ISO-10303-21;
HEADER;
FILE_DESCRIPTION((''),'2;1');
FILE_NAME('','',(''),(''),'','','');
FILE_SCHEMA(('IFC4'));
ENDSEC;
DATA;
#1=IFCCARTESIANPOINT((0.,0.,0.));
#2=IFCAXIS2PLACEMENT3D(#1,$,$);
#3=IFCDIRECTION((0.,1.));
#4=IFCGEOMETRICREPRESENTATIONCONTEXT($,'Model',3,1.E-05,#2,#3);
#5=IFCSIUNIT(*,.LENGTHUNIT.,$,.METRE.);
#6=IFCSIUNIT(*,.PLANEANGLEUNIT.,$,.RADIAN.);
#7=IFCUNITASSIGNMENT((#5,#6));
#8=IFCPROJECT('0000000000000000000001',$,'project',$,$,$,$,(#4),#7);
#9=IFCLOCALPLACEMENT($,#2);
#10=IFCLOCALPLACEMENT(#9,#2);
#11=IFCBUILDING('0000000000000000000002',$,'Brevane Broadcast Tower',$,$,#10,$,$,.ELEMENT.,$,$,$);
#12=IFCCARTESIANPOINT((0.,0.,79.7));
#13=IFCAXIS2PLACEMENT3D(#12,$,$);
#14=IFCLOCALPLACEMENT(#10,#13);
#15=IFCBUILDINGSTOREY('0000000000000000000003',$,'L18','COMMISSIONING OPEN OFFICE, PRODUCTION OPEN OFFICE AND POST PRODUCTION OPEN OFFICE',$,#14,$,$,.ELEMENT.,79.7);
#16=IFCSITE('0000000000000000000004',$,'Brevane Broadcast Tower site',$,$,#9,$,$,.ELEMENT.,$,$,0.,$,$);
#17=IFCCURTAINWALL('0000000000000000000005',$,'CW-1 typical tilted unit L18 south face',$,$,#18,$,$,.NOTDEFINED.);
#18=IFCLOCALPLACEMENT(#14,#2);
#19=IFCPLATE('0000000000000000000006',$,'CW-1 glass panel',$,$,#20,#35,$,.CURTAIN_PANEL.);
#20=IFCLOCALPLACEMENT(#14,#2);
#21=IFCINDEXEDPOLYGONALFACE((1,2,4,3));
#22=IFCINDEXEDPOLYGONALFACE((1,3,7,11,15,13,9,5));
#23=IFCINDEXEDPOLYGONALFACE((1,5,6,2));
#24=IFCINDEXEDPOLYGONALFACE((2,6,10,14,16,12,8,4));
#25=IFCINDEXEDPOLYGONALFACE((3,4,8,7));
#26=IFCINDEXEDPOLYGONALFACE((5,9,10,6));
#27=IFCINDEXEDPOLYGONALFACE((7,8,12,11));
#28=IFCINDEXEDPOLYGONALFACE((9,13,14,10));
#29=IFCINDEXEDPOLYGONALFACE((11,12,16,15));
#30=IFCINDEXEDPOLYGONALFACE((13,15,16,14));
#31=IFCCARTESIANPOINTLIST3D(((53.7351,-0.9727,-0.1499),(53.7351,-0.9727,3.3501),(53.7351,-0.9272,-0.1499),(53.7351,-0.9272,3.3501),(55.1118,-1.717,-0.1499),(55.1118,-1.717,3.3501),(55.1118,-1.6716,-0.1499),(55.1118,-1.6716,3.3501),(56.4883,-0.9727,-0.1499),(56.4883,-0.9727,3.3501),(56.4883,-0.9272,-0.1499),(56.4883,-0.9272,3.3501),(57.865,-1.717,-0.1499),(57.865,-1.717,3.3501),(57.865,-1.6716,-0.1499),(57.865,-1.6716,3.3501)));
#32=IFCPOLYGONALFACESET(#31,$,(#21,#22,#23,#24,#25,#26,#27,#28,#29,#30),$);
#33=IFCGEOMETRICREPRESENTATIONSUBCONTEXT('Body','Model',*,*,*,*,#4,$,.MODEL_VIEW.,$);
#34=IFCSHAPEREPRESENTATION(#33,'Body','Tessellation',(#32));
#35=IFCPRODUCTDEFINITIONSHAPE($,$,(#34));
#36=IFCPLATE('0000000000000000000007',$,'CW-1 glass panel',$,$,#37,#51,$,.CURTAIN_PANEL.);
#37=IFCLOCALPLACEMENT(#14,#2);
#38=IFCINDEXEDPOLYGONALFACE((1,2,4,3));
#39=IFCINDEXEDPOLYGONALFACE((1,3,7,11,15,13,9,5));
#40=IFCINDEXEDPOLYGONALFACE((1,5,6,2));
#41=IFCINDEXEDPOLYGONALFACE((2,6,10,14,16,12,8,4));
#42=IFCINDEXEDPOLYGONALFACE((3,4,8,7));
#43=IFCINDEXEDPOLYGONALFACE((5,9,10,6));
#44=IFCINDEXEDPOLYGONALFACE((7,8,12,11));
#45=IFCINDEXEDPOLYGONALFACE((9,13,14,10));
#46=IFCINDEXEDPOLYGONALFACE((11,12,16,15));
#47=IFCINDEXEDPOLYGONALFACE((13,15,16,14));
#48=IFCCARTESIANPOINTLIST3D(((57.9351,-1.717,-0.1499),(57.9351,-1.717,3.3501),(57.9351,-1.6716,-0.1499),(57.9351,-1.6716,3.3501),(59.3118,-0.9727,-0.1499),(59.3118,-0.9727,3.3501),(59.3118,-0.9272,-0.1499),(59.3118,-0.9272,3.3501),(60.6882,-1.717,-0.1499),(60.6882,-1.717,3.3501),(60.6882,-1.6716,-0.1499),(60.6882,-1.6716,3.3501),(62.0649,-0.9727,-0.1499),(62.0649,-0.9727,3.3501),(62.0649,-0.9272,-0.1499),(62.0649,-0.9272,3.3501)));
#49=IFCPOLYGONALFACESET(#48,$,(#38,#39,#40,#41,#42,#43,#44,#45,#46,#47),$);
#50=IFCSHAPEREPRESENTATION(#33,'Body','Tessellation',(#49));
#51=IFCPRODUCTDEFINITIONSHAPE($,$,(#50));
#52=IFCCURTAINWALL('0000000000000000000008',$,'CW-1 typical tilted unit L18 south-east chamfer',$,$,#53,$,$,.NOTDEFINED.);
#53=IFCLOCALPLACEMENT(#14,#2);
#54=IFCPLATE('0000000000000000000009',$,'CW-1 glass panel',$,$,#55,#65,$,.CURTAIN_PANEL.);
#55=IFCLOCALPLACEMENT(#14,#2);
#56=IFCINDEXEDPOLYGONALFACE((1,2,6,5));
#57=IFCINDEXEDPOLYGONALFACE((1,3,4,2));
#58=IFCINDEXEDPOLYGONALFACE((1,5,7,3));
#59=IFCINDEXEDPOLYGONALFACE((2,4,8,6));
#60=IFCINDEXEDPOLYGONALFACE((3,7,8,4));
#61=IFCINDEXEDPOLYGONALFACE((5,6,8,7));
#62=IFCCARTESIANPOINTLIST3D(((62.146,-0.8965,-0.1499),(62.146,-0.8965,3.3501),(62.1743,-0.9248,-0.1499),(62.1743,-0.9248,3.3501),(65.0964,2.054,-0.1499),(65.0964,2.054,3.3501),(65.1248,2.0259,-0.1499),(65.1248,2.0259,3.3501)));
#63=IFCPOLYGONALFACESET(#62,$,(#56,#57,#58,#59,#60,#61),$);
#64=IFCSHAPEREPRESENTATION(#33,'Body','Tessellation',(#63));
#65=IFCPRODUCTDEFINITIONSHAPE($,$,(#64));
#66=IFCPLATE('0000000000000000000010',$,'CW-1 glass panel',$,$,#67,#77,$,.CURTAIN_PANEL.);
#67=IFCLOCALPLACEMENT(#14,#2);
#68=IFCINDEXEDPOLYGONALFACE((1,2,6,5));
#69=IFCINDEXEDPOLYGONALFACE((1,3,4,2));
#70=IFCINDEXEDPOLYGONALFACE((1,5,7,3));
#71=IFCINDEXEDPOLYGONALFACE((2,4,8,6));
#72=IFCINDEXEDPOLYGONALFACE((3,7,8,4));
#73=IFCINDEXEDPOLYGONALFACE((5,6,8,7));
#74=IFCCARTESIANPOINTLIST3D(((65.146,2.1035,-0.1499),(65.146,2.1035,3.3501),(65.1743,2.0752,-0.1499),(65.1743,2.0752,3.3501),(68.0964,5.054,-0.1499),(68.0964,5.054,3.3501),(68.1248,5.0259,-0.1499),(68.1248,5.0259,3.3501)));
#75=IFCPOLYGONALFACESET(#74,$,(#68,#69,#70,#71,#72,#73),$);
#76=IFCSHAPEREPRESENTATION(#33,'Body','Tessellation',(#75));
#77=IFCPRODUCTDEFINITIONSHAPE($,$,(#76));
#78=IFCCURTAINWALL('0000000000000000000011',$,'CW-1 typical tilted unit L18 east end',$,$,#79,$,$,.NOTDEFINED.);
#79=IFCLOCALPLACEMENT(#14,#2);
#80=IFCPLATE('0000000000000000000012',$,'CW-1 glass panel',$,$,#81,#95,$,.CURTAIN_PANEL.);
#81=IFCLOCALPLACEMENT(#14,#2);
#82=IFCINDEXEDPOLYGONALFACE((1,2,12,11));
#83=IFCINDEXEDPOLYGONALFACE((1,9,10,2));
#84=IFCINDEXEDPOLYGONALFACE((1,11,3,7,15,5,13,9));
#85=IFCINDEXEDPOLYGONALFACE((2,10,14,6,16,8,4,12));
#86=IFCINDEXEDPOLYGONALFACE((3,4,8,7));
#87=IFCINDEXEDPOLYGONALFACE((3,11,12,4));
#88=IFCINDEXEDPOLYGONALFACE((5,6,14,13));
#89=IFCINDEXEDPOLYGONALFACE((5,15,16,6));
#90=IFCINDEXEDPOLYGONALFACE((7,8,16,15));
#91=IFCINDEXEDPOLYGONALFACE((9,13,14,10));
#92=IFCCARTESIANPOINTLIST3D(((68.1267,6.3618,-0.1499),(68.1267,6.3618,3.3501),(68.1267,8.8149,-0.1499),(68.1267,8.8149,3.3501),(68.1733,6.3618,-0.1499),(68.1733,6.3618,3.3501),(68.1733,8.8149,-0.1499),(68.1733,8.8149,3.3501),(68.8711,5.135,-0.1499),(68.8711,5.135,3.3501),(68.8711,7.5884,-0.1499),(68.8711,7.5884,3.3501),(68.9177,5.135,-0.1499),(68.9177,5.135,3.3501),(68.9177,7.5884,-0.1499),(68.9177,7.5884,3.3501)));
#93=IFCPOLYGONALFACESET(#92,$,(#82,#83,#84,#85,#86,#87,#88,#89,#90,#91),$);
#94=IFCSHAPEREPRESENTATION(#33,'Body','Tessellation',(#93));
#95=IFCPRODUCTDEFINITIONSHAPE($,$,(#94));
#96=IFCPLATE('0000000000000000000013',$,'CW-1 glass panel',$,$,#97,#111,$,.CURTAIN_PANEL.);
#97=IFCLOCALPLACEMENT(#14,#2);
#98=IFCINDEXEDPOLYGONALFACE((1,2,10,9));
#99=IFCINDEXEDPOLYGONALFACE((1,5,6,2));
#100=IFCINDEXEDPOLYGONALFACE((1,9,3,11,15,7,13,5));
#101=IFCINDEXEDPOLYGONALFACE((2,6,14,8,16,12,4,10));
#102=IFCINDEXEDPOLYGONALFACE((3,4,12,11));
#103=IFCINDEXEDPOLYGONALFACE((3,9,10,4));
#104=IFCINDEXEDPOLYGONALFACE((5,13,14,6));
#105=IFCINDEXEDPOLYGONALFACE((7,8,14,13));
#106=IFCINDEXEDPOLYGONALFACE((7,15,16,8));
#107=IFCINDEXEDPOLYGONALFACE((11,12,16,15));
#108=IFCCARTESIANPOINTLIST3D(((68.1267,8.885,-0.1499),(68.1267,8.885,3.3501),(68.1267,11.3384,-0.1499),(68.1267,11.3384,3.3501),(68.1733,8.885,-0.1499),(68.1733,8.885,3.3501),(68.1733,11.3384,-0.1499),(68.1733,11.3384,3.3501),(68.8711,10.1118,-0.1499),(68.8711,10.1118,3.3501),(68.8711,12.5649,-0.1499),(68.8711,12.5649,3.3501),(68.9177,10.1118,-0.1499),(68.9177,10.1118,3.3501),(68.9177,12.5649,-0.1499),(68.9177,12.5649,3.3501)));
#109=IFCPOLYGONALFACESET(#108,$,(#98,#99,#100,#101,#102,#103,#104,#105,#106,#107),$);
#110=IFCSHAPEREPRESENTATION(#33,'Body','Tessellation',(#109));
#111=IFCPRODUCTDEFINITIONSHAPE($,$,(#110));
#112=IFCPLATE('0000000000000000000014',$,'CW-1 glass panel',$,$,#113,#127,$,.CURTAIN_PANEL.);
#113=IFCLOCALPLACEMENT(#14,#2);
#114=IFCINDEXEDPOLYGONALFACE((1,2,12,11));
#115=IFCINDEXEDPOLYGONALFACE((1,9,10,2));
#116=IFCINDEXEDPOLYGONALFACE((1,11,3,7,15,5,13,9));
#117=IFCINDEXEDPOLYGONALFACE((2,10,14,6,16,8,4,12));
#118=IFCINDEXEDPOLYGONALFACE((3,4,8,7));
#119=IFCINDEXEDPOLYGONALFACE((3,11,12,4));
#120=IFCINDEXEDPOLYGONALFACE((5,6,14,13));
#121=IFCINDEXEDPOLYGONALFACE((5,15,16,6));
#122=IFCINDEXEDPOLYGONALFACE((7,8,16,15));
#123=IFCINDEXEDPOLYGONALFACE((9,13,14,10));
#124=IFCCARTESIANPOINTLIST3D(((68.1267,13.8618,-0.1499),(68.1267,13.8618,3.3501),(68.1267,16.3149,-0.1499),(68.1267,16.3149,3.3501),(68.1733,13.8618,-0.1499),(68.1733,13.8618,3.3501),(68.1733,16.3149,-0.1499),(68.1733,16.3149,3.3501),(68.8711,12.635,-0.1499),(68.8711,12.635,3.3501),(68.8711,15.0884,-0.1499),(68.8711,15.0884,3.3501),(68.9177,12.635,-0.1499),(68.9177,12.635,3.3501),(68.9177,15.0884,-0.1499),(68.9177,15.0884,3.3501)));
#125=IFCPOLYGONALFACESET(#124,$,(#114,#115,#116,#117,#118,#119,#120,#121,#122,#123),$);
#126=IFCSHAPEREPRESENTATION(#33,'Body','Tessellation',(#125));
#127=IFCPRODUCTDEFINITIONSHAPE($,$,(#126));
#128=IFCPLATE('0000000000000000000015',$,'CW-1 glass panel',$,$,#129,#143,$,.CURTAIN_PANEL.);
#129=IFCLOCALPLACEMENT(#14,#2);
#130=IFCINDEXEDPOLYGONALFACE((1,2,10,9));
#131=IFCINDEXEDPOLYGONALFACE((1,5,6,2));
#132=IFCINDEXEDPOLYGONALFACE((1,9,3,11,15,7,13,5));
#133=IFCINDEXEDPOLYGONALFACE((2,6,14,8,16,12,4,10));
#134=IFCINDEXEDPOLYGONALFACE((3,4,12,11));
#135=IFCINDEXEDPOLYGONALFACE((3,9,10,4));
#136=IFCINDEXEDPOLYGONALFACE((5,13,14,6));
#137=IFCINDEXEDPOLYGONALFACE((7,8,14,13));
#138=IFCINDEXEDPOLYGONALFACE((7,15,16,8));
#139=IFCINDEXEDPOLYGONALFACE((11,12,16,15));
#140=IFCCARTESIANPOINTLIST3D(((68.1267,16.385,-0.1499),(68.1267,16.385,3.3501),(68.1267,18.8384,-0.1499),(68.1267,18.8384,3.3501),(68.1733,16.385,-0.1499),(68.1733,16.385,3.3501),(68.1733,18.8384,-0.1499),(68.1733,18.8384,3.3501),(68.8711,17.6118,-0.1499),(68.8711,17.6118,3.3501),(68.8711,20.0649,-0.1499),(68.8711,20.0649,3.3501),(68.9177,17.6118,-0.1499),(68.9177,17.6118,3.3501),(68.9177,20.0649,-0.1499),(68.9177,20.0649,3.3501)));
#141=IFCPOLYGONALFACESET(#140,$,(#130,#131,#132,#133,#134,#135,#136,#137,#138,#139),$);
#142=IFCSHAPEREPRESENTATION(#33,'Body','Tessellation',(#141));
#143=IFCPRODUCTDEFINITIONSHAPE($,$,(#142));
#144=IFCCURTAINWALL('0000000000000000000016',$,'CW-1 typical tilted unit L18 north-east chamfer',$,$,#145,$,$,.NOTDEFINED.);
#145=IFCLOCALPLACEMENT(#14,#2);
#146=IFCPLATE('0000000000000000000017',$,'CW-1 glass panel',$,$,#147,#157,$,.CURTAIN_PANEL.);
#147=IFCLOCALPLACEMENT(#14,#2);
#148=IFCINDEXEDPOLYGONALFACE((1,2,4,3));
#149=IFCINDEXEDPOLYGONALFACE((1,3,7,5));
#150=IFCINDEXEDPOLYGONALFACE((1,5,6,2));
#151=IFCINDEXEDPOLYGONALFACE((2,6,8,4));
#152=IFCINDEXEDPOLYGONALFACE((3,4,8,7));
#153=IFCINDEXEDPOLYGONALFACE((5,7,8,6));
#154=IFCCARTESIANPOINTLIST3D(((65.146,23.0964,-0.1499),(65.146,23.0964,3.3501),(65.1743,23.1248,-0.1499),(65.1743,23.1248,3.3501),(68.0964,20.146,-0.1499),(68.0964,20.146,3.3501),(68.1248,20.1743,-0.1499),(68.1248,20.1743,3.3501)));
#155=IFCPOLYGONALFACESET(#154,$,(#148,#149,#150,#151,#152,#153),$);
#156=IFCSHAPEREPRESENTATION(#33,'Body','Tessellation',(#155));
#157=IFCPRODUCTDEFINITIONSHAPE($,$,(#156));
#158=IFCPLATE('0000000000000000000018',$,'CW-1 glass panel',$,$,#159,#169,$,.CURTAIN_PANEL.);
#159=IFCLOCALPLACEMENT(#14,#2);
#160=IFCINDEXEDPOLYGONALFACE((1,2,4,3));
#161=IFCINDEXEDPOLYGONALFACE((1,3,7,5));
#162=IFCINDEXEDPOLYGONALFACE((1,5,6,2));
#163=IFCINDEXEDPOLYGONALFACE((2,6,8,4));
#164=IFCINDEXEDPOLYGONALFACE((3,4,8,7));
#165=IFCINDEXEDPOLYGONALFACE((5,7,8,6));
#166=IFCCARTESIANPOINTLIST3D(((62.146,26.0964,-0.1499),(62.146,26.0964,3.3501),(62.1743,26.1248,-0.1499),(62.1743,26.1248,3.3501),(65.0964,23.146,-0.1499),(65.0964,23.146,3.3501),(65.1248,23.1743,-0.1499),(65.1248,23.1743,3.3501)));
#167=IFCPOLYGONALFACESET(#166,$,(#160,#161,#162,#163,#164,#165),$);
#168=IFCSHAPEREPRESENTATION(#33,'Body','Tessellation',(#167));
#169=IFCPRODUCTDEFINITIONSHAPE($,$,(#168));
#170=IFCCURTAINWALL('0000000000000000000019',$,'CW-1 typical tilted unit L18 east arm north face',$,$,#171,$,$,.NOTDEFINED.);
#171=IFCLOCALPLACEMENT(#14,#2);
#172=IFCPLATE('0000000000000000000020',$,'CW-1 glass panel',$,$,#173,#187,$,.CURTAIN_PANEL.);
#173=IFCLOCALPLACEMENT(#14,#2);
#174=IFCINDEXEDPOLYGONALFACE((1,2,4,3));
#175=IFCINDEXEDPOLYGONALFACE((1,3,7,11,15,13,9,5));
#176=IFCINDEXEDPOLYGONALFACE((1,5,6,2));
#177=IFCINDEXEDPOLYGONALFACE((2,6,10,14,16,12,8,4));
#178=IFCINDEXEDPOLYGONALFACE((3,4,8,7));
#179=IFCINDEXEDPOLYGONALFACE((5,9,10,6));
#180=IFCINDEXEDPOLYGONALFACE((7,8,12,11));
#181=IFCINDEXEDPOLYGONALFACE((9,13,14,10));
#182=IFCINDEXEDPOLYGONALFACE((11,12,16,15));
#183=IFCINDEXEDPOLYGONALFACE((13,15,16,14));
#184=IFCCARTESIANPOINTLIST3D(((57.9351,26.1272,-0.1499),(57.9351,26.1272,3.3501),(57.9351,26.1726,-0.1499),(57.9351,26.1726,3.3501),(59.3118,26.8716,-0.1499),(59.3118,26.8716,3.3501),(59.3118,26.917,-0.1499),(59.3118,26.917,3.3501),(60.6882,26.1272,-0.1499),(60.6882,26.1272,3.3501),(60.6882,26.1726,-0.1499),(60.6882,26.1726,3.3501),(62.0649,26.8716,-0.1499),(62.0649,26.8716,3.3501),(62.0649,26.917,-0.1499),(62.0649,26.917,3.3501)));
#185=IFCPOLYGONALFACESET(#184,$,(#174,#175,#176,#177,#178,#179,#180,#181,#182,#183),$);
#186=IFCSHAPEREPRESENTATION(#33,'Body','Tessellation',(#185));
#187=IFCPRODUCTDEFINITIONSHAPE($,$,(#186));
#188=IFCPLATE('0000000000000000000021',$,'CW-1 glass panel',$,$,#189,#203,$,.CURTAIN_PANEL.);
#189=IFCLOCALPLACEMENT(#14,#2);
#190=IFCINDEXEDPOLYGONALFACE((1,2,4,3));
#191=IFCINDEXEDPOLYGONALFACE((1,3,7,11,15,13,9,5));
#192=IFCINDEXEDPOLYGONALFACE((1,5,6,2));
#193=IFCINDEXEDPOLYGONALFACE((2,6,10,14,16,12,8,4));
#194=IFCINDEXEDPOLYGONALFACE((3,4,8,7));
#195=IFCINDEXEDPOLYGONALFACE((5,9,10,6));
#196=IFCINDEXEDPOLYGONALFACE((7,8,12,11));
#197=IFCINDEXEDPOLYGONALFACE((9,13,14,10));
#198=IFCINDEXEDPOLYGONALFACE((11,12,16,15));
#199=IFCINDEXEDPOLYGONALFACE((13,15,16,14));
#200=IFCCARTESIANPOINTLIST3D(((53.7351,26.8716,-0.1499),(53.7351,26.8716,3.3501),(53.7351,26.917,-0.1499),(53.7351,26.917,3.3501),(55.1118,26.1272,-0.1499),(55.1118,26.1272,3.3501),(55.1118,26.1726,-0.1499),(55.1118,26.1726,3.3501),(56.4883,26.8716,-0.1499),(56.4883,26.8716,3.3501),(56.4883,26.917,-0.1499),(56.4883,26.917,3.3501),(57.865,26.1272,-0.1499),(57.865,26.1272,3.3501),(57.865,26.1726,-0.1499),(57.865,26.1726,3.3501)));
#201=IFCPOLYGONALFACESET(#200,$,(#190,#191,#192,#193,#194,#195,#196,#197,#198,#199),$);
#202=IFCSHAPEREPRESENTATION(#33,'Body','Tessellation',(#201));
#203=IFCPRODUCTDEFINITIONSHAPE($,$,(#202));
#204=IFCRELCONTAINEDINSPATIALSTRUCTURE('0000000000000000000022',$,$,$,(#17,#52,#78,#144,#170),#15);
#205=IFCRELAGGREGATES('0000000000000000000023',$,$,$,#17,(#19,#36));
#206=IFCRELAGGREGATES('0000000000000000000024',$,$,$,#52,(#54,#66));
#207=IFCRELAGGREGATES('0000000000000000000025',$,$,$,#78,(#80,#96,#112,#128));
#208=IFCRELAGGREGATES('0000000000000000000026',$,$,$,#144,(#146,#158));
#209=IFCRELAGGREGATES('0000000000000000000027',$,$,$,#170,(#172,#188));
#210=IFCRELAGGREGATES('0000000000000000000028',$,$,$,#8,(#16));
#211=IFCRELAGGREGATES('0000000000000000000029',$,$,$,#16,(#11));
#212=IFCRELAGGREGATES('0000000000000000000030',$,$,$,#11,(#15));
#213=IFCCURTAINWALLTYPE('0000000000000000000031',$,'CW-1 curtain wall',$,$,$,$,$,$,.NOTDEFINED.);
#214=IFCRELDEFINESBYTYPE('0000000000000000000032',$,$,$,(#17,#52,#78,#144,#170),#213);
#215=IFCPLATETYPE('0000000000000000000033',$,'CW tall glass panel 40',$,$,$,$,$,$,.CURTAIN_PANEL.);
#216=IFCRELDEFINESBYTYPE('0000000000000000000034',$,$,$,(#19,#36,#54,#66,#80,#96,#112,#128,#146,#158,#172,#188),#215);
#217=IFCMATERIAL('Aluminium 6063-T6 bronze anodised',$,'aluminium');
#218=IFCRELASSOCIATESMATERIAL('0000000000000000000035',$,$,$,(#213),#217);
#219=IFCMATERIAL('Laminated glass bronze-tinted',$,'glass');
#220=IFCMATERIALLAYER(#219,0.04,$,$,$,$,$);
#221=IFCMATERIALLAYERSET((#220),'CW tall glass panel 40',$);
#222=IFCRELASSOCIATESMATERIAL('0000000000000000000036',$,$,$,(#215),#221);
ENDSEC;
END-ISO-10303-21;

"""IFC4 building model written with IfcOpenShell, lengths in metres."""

from ifc_helpers import new_model, si_unit, direction, frame, origin, place, context, subcontext, project, spatial, polyline, outline, extrude, material, layer, layer_set, type_object, element, aggregate, save


model = new_model("IFC4")

# Units and contexts
model_context = context("Model", 3, precision=1e-05, world=origin(), true_north=direction((0.0, 1.0)))
body_context = subcontext(model_context, "Body", "Model", "MODEL_VIEW")
ifc_project = project(units=[si_unit("LENGTHUNIT", "METRE"), si_unit("PLANEANGLEUNIT", "RADIAN")], contexts=[model_context])

# Site, building, storey
site_placement = place(None, origin())
site = spatial("IfcSite", under=ifc_project, at=site_placement, Name="Brevane Broadcast Tower site", CompositionType="ELEMENT", RefElevation=0.0)
building_placement = place(site_placement, origin())
building = spatial("IfcBuilding", under=site, at=building_placement, Name="Brevane Broadcast Tower", CompositionType="ELEMENT")
storey_placement = place(building_placement, frame((0.0, 0.0, 79.7)))
storey = spatial("IfcBuildingStorey", under=building, at=storey_placement, Name="L18", Description="COMMISSIONING OPEN OFFICE, PRODUCTION OPEN OFFICE AND POST PRODUCTION OPEN OFFICE", CompositionType="ELEMENT", Elevation=79.7)

# Curtain walls, plates
ifc_material_1 = material(Name="Aluminium 6063-T6 bronze anodised", Category="aluminium")
curtain_wall_type = type_object("IfcCurtainWallType", Name="CW-1 curtain wall", PredefinedType="NOTDEFINED", material=ifc_material_1)
curtain_wall_1_placement = place(storey_placement, origin())
curtain_wall_1 = element("IfcCurtainWall", 1, at=curtain_wall_1_placement, inside=storey, type_object=curtain_wall_type, Name="CW-1 typical tilted unit L18 south face", PredefinedType="NOTDEFINED")
ifc_material_2 = material(Name="Laminated glass bronze-tinted", Category="glass")
ifc_layer = layer(ifc_material_2, 0.04)
ifc_layer_set = layer_set([ifc_layer], Name="CW tall glass panel 40")
plate_type = type_object("IfcPlateType", Name="CW tall glass panel 40", PredefinedType="CURTAIN_PANEL", material=ifc_layer_set)
plate_1_placement = place(storey_placement, frame((0.0, 0.0, -0.1499)))
plate_1 = element("IfcPlate", 2, at=plate_1_placement, type_object=plate_type, Name="CW-1 glass panel", PredefinedType="CURTAIN_PANEL", context=body_context, shape_type="SweptSolid", body=[
    extrude(outline(polyline([(53.7351, -0.9272), (53.7351, -0.9727), (55.1118, -1.717), (56.4883, -0.9727), (57.865, -1.717), (57.865, -1.6716), (56.4883, -0.9272), (55.1118, -1.6716), (53.7351, -0.9272)])), origin(), (0.0, 0.0, 1.0), 3.5),
])
plate_2_placement = place(storey_placement, frame((0.0, 0.0, -0.1499)))
plate_2 = element("IfcPlate", 3, at=plate_2_placement, type_object=plate_type, Name="CW-1 glass panel", PredefinedType="CURTAIN_PANEL", context=body_context, shape_type="SweptSolid", body=[
    extrude(outline(polyline([(57.9351, -1.6716), (57.9351, -1.717), (59.3118, -0.9727), (60.6882, -1.717), (62.0649, -0.9727), (62.0649, -0.9272), (60.6882, -1.6716), (59.3118, -0.9272), (57.9351, -1.6716)])), origin(), (0.0, 0.0, 1.0), 3.5),
])
aggregate(curtain_wall_1, [plate_1, plate_2])
curtain_wall_2_placement = place(storey_placement, origin())
curtain_wall_2 = element("IfcCurtainWall", 4, at=curtain_wall_2_placement, inside=storey, type_object=curtain_wall_type, Name="CW-1 typical tilted unit L18 south-east chamfer", PredefinedType="NOTDEFINED")
plate_3_placement = place(storey_placement, frame((0.0, 0.0, -0.1499)))
plate_3 = element("IfcPlate", 5, at=plate_3_placement, type_object=plate_type, Name="CW-1 glass panel", PredefinedType="CURTAIN_PANEL", context=body_context, shape_type="SweptSolid", body=[
    extrude(outline(polyline([(62.146, -0.8965), (65.0964, 2.054), (65.1248, 2.0259), (62.1743, -0.9248), (62.146, -0.8965)])), origin(), (0.0, 0.0, 1.0), 3.5),
])
plate_4_placement = place(storey_placement, frame((0.0, 0.0, -0.1499)))
plate_4 = element("IfcPlate", 6, at=plate_4_placement, type_object=plate_type, Name="CW-1 glass panel", PredefinedType="CURTAIN_PANEL", context=body_context, shape_type="SweptSolid", body=[
    extrude(outline(polyline([(65.146, 2.1035), (68.0964, 5.054), (68.1248, 5.0259), (65.1743, 2.0752), (65.146, 2.1035)])), origin(), (0.0, 0.0, 1.0), 3.5),
])
aggregate(curtain_wall_2, [plate_3, plate_4])
curtain_wall_3_placement = place(storey_placement, origin())
curtain_wall_3 = element("IfcCurtainWall", 7, at=curtain_wall_3_placement, inside=storey, type_object=curtain_wall_type, Name="CW-1 typical tilted unit L18 east end", PredefinedType="NOTDEFINED")
plate_5_placement = place(storey_placement, frame((0.0, 0.0, -0.1499)))
plate_5 = element("IfcPlate", 8, at=plate_5_placement, type_object=plate_type, Name="CW-1 glass panel", PredefinedType="CURTAIN_PANEL", context=body_context, shape_type="SweptSolid", body=[
    extrude(outline(polyline([(68.8711, 5.135), (68.9177, 5.135), (68.1733, 6.3618), (68.9177, 7.5884), (68.1733, 8.8149), (68.1267, 8.8149), (68.8711, 7.5884), (68.1267, 6.3618), (68.8711, 5.135)])), origin(), (0.0, 0.0, 1.0), 3.5),
])
plate_6_placement = place(storey_placement, frame((0.0, 0.0, -0.1499)))
plate_6 = element("IfcPlate", 9, at=plate_6_placement, type_object=plate_type, Name="CW-1 glass panel", PredefinedType="CURTAIN_PANEL", context=body_context, shape_type="SweptSolid", body=[
    extrude(outline(polyline([(68.1267, 8.885), (68.1733, 8.885), (68.9177, 10.1118), (68.1733, 11.3384), (68.9177, 12.5649), (68.8711, 12.5649), (68.1267, 11.3384), (68.8711, 10.1118), (68.1267, 8.885)])), origin(), (0.0, 0.0, 1.0), 3.5),
])
plate_7_placement = place(storey_placement, frame((0.0, 0.0, -0.1499)))
plate_7 = element("IfcPlate", 10, at=plate_7_placement, type_object=plate_type, Name="CW-1 glass panel", PredefinedType="CURTAIN_PANEL", context=body_context, shape_type="SweptSolid", body=[
    extrude(outline(polyline([(68.8711, 12.635), (68.9177, 12.635), (68.1733, 13.8618), (68.9177, 15.0884), (68.1733, 16.3149), (68.1267, 16.3149), (68.8711, 15.0884), (68.1267, 13.8618), (68.8711, 12.635)])), origin(), (0.0, 0.0, 1.0), 3.5),
])
plate_8_placement = place(storey_placement, frame((0.0, 0.0, -0.1499)))
plate_8 = element("IfcPlate", 11, at=plate_8_placement, type_object=plate_type, Name="CW-1 glass panel", PredefinedType="CURTAIN_PANEL", context=body_context, shape_type="SweptSolid", body=[
    extrude(outline(polyline([(68.1267, 16.385), (68.1733, 16.385), (68.9177, 17.6118), (68.1733, 18.8384), (68.9177, 20.0649), (68.8711, 20.0649), (68.1267, 18.8384), (68.8711, 17.6118), (68.1267, 16.385)])), origin(), (0.0, 0.0, 1.0), 3.5),
])
aggregate(curtain_wall_3, [plate_5, plate_6, plate_7, plate_8])
curtain_wall_4_placement = place(storey_placement, origin())
curtain_wall_4 = element("IfcCurtainWall", 12, at=curtain_wall_4_placement, inside=storey, type_object=curtain_wall_type, Name="CW-1 typical tilted unit L18 north-east chamfer", PredefinedType="NOTDEFINED")
plate_9_placement = place(storey_placement, frame((0.0, 0.0, -0.1499)))
plate_9 = element("IfcPlate", 13, at=plate_9_placement, type_object=plate_type, Name="CW-1 glass panel", PredefinedType="CURTAIN_PANEL", context=body_context, shape_type="SweptSolid", body=[
    extrude(outline(polyline([(68.0964, 20.146), (65.146, 23.0964), (65.1743, 23.1248), (68.1248, 20.1743), (68.0964, 20.146)])), origin(), (0.0, 0.0, 1.0), 3.5),
])
plate_10_placement = place(storey_placement, frame((0.0, 0.0, -0.1499)))
plate_10 = element("IfcPlate", 14, at=plate_10_placement, type_object=plate_type, Name="CW-1 glass panel", PredefinedType="CURTAIN_PANEL", context=body_context, shape_type="SweptSolid", body=[
    extrude(outline(polyline([(65.0964, 23.146), (62.146, 26.0964), (62.1743, 26.1248), (65.1248, 23.1743), (65.0964, 23.146)])), origin(), (0.0, 0.0, 1.0), 3.5),
])
aggregate(curtain_wall_4, [plate_9, plate_10])
curtain_wall_5_placement = place(storey_placement, origin())
curtain_wall_5 = element("IfcCurtainWall", 15, at=curtain_wall_5_placement, inside=storey, type_object=curtain_wall_type, Name="CW-1 typical tilted unit L18 east arm north face", PredefinedType="NOTDEFINED")
plate_11_placement = place(storey_placement, frame((0.0, 0.0, -0.1499)))
plate_11 = element("IfcPlate", 16, at=plate_11_placement, type_object=plate_type, Name="CW-1 glass panel", PredefinedType="CURTAIN_PANEL", context=body_context, shape_type="SweptSolid", body=[
    extrude(outline(polyline([(62.0649, 26.8716), (62.0649, 26.917), (60.6882, 26.1726), (59.3118, 26.917), (57.9351, 26.1726), (57.9351, 26.1272), (59.3118, 26.8716), (60.6882, 26.1272), (62.0649, 26.8716)])), origin(), (0.0, 0.0, 1.0), 3.5),
])
plate_12_placement = place(storey_placement, frame((0.0, 0.0, -0.1499)))
plate_12 = element("IfcPlate", 17, at=plate_12_placement, type_object=plate_type, Name="CW-1 glass panel", PredefinedType="CURTAIN_PANEL", context=body_context, shape_type="SweptSolid", body=[
    extrude(outline(polyline([(57.865, 26.1272), (57.865, 26.1726), (56.4883, 26.917), (55.1118, 26.1726), (53.7351, 26.917), (53.7351, 26.8716), (55.1118, 26.1272), (56.4883, 26.8716), (57.865, 26.1272)])), origin(), (0.0, 0.0, 1.0), 3.5),
])
aggregate(curtain_wall_5, [plate_11, plate_12])

save(model, "model.ifc")
